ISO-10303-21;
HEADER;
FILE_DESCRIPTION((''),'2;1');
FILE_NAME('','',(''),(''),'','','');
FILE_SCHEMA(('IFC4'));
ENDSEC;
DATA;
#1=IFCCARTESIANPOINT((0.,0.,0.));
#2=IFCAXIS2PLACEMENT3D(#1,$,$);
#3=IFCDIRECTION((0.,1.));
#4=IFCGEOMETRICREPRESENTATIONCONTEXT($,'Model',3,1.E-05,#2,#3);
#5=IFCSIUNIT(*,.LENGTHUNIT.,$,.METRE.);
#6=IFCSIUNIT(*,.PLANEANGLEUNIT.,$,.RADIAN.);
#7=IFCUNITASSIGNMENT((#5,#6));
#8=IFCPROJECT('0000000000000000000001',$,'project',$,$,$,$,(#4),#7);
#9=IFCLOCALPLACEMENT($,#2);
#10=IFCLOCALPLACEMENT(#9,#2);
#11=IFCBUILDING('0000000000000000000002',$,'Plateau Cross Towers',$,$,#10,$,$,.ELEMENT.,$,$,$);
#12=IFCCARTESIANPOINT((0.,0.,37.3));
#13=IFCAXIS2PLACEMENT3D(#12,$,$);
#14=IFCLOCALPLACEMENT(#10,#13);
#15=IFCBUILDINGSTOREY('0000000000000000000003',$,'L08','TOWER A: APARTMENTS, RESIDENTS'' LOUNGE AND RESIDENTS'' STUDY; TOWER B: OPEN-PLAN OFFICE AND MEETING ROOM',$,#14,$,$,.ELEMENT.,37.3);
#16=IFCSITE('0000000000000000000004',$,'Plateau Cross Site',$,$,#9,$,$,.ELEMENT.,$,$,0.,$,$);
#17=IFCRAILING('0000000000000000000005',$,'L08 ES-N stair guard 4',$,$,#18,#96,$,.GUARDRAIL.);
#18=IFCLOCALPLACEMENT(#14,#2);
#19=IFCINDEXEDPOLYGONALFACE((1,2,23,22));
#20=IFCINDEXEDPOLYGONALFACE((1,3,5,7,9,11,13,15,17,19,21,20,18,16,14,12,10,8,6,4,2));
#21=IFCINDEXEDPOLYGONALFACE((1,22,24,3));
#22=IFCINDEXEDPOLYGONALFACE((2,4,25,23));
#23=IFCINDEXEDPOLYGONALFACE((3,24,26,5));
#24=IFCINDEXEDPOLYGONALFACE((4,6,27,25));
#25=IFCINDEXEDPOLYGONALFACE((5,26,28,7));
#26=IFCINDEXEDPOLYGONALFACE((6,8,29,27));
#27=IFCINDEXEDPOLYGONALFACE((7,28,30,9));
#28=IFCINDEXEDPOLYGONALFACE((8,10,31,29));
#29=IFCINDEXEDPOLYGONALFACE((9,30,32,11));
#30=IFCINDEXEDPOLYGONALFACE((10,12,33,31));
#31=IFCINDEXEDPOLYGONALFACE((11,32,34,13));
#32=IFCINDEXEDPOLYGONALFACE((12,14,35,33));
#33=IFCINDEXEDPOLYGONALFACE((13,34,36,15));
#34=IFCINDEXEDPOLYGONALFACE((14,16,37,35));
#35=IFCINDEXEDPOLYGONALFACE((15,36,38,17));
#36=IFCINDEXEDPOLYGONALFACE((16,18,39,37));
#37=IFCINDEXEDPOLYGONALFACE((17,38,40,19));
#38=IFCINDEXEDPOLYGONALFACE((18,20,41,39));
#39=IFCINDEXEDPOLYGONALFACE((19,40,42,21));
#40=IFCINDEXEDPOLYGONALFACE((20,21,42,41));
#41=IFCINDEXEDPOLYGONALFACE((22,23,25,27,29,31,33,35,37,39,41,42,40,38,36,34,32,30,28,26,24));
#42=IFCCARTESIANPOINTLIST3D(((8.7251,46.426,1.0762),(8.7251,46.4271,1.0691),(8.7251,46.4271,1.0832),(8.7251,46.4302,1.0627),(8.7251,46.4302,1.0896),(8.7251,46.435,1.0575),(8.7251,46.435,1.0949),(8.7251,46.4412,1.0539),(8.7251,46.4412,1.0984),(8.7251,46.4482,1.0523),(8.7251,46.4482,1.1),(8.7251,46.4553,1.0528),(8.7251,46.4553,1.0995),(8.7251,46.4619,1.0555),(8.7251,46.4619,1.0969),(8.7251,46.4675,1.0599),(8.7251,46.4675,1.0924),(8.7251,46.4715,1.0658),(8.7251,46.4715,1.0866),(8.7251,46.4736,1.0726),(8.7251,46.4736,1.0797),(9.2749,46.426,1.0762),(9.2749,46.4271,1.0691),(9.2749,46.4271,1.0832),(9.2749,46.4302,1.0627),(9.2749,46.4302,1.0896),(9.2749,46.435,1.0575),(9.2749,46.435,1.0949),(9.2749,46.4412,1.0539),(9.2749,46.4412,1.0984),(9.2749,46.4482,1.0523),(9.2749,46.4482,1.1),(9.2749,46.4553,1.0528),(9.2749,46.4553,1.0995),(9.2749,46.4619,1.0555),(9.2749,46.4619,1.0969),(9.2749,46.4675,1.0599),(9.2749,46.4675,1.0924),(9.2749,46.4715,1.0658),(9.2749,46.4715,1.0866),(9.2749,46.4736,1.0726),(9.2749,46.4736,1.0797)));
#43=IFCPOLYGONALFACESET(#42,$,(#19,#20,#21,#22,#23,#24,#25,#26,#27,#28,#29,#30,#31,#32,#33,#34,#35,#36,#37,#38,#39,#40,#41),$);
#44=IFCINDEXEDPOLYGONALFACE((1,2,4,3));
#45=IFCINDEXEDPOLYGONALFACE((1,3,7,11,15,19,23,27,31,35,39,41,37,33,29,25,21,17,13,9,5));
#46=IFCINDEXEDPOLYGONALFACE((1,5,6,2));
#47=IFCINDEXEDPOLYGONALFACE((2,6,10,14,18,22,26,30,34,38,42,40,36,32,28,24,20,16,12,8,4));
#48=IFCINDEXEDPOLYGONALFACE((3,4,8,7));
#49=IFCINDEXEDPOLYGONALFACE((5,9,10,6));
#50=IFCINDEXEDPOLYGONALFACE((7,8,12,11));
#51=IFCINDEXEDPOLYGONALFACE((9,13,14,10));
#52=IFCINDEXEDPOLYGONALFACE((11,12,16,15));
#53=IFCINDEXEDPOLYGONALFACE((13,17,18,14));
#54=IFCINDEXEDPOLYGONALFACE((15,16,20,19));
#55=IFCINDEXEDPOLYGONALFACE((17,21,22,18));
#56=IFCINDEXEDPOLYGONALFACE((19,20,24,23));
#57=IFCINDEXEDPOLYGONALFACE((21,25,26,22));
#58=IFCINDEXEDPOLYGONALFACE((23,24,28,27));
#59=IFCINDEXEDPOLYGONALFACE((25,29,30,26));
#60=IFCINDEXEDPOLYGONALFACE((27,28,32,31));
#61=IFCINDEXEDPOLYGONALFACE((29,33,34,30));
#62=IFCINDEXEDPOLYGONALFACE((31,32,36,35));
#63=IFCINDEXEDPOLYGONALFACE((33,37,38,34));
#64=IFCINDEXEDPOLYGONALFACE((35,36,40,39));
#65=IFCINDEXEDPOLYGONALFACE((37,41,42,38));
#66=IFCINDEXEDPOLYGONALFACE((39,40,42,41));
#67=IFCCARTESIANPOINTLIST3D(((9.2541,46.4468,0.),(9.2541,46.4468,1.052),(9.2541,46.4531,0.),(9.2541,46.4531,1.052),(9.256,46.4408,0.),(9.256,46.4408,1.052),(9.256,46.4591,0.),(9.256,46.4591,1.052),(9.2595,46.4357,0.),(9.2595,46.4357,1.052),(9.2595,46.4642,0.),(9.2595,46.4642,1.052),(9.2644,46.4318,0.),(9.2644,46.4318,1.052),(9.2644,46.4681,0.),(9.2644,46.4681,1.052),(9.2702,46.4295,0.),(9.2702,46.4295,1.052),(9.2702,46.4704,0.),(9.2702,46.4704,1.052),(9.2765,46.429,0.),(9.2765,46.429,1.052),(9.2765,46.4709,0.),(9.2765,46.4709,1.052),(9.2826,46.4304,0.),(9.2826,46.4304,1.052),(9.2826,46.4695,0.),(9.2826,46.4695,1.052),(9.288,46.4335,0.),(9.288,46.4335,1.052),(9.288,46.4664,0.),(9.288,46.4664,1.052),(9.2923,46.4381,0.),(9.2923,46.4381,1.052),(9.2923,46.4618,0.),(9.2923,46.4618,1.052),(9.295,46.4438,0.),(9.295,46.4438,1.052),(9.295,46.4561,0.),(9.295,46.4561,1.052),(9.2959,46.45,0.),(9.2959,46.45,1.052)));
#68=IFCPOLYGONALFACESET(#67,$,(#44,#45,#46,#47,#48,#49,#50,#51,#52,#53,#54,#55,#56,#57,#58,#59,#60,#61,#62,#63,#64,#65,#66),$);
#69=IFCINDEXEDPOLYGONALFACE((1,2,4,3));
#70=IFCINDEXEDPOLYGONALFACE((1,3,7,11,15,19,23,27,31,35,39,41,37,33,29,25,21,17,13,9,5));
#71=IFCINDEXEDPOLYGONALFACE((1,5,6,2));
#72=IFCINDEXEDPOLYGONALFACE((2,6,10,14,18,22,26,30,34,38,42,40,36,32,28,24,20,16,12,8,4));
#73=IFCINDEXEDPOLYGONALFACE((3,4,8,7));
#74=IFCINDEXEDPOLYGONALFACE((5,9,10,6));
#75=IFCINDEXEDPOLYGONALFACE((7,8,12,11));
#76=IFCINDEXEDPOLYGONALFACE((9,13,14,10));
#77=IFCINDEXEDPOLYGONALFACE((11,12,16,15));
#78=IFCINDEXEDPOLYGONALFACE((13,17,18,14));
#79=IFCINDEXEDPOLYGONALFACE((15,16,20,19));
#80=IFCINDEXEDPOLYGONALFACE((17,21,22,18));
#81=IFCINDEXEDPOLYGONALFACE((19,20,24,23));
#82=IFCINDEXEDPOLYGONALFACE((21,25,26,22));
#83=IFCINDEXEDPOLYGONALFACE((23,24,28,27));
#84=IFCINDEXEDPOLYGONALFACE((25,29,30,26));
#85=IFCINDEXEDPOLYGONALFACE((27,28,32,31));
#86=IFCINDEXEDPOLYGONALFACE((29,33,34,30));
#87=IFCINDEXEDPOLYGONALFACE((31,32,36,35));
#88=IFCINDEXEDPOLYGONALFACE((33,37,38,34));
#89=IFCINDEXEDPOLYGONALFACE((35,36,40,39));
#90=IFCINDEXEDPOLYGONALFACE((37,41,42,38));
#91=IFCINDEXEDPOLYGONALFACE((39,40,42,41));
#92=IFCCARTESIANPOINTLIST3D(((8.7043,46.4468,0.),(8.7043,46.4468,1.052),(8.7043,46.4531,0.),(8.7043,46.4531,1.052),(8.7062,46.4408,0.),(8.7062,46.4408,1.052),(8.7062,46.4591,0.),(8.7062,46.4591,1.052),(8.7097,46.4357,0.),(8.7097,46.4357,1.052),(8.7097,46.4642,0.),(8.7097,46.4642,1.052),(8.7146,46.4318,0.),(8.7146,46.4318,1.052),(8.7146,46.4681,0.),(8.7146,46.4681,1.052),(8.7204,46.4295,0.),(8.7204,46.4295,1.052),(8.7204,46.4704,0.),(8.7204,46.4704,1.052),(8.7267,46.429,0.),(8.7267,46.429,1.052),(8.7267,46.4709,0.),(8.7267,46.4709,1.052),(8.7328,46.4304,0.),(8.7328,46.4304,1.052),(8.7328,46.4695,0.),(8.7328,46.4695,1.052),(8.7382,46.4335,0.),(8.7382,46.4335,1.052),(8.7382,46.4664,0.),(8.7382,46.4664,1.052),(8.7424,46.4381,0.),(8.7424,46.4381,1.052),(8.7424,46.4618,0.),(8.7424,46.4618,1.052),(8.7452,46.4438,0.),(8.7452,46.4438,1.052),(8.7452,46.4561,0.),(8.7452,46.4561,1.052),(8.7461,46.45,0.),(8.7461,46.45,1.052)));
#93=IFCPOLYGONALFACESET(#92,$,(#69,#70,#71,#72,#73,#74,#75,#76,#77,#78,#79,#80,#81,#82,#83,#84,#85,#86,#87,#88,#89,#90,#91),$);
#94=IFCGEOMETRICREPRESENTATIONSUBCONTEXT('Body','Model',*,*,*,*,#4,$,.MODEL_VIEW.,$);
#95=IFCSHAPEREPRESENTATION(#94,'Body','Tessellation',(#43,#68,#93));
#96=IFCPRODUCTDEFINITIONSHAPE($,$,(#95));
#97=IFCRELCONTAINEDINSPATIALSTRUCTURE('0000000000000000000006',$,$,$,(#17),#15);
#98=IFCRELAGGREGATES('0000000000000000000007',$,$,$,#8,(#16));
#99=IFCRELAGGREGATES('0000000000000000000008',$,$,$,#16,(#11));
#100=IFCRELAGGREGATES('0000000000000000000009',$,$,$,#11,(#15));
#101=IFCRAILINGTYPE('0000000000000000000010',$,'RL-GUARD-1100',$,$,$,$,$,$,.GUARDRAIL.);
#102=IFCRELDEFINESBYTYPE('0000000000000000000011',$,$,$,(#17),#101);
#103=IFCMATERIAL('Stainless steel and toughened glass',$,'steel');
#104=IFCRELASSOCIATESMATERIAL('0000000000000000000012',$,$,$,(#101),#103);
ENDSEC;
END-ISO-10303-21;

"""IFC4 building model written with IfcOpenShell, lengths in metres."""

from ifc_helpers import new_model, si_unit, direction, frame, origin, origin_2d, place, context, subcontext, project, spatial, circle, extrude, material, type_object, element, save


model = new_model("IFC4")

# Units and contexts
model_context = context("Model", 3, precision=1e-05, world=origin(), true_north=direction((0.0, 1.0)))
body_context = subcontext(model_context, "Body", "Model", "MODEL_VIEW")
ifc_project = project(units=[si_unit("LENGTHUNIT", "METRE"), si_unit("PLANEANGLEUNIT", "RADIAN")], contexts=[model_context])

# Site, building, storey
site_placement = place(None, origin())
site = spatial("IfcSite", under=ifc_project, at=site_placement, Name="Plateau Cross Site", CompositionType="ELEMENT", RefElevation=0.0)
building_placement = place(site_placement, origin())
building = spatial("IfcBuilding", under=site, at=building_placement, Name="Plateau Cross Towers", CompositionType="ELEMENT")
storey_placement = place(building_placement, frame((0.0, 0.0, 37.3)))
storey = spatial("IfcBuildingStorey", under=building, at=storey_placement, Name="L08", Description="TOWER A: APARTMENTS, RESIDENTS' LOUNGE AND RESIDENTS' STUDY; TOWER B: OPEN-PLAN OFFICE AND MEETING ROOM", CompositionType="ELEMENT", Elevation=37.3)

# Railing
ifc_material_1 = material(Name="Stainless steel and toughened glass", Category="steel")
railing_type_1 = type_object("IfcRailingType", Name="RL-GUARD-1100", PredefinedType="GUARDRAIL", material=ifc_material_1)
railing_1_placement = place(storey_placement, frame((9.2749, 46.45, 0.0)))
element("IfcRailing", 1, at=railing_1_placement, inside=storey, type_object=railing_type_1, Name="L08 ES-N stair guard 4", PredefinedType="GUARDRAIL", context=body_context, shape_type="SweptSolid", body=[
    extrude(circle(Radius=0.0239, at=origin_2d()), frame((0.0, 0.0, 1.0762), z_axis=(-1.0, 0.0, 0.0), x_axis=(0.0, -1.0, 0.0)), (0.0, 0.0, 1.0), 0.5498),
    extrude(circle(Radius=0.021, at=origin_2d()), origin(), (0.0, 0.0, 1.0), 1.052),
    extrude(circle(Radius=0.021, at=origin_2d()), frame((-0.5498, 0.0, 0.0)), (0.0, 0.0, 1.0), 1.052),
])

save(model, "model.ifc")
